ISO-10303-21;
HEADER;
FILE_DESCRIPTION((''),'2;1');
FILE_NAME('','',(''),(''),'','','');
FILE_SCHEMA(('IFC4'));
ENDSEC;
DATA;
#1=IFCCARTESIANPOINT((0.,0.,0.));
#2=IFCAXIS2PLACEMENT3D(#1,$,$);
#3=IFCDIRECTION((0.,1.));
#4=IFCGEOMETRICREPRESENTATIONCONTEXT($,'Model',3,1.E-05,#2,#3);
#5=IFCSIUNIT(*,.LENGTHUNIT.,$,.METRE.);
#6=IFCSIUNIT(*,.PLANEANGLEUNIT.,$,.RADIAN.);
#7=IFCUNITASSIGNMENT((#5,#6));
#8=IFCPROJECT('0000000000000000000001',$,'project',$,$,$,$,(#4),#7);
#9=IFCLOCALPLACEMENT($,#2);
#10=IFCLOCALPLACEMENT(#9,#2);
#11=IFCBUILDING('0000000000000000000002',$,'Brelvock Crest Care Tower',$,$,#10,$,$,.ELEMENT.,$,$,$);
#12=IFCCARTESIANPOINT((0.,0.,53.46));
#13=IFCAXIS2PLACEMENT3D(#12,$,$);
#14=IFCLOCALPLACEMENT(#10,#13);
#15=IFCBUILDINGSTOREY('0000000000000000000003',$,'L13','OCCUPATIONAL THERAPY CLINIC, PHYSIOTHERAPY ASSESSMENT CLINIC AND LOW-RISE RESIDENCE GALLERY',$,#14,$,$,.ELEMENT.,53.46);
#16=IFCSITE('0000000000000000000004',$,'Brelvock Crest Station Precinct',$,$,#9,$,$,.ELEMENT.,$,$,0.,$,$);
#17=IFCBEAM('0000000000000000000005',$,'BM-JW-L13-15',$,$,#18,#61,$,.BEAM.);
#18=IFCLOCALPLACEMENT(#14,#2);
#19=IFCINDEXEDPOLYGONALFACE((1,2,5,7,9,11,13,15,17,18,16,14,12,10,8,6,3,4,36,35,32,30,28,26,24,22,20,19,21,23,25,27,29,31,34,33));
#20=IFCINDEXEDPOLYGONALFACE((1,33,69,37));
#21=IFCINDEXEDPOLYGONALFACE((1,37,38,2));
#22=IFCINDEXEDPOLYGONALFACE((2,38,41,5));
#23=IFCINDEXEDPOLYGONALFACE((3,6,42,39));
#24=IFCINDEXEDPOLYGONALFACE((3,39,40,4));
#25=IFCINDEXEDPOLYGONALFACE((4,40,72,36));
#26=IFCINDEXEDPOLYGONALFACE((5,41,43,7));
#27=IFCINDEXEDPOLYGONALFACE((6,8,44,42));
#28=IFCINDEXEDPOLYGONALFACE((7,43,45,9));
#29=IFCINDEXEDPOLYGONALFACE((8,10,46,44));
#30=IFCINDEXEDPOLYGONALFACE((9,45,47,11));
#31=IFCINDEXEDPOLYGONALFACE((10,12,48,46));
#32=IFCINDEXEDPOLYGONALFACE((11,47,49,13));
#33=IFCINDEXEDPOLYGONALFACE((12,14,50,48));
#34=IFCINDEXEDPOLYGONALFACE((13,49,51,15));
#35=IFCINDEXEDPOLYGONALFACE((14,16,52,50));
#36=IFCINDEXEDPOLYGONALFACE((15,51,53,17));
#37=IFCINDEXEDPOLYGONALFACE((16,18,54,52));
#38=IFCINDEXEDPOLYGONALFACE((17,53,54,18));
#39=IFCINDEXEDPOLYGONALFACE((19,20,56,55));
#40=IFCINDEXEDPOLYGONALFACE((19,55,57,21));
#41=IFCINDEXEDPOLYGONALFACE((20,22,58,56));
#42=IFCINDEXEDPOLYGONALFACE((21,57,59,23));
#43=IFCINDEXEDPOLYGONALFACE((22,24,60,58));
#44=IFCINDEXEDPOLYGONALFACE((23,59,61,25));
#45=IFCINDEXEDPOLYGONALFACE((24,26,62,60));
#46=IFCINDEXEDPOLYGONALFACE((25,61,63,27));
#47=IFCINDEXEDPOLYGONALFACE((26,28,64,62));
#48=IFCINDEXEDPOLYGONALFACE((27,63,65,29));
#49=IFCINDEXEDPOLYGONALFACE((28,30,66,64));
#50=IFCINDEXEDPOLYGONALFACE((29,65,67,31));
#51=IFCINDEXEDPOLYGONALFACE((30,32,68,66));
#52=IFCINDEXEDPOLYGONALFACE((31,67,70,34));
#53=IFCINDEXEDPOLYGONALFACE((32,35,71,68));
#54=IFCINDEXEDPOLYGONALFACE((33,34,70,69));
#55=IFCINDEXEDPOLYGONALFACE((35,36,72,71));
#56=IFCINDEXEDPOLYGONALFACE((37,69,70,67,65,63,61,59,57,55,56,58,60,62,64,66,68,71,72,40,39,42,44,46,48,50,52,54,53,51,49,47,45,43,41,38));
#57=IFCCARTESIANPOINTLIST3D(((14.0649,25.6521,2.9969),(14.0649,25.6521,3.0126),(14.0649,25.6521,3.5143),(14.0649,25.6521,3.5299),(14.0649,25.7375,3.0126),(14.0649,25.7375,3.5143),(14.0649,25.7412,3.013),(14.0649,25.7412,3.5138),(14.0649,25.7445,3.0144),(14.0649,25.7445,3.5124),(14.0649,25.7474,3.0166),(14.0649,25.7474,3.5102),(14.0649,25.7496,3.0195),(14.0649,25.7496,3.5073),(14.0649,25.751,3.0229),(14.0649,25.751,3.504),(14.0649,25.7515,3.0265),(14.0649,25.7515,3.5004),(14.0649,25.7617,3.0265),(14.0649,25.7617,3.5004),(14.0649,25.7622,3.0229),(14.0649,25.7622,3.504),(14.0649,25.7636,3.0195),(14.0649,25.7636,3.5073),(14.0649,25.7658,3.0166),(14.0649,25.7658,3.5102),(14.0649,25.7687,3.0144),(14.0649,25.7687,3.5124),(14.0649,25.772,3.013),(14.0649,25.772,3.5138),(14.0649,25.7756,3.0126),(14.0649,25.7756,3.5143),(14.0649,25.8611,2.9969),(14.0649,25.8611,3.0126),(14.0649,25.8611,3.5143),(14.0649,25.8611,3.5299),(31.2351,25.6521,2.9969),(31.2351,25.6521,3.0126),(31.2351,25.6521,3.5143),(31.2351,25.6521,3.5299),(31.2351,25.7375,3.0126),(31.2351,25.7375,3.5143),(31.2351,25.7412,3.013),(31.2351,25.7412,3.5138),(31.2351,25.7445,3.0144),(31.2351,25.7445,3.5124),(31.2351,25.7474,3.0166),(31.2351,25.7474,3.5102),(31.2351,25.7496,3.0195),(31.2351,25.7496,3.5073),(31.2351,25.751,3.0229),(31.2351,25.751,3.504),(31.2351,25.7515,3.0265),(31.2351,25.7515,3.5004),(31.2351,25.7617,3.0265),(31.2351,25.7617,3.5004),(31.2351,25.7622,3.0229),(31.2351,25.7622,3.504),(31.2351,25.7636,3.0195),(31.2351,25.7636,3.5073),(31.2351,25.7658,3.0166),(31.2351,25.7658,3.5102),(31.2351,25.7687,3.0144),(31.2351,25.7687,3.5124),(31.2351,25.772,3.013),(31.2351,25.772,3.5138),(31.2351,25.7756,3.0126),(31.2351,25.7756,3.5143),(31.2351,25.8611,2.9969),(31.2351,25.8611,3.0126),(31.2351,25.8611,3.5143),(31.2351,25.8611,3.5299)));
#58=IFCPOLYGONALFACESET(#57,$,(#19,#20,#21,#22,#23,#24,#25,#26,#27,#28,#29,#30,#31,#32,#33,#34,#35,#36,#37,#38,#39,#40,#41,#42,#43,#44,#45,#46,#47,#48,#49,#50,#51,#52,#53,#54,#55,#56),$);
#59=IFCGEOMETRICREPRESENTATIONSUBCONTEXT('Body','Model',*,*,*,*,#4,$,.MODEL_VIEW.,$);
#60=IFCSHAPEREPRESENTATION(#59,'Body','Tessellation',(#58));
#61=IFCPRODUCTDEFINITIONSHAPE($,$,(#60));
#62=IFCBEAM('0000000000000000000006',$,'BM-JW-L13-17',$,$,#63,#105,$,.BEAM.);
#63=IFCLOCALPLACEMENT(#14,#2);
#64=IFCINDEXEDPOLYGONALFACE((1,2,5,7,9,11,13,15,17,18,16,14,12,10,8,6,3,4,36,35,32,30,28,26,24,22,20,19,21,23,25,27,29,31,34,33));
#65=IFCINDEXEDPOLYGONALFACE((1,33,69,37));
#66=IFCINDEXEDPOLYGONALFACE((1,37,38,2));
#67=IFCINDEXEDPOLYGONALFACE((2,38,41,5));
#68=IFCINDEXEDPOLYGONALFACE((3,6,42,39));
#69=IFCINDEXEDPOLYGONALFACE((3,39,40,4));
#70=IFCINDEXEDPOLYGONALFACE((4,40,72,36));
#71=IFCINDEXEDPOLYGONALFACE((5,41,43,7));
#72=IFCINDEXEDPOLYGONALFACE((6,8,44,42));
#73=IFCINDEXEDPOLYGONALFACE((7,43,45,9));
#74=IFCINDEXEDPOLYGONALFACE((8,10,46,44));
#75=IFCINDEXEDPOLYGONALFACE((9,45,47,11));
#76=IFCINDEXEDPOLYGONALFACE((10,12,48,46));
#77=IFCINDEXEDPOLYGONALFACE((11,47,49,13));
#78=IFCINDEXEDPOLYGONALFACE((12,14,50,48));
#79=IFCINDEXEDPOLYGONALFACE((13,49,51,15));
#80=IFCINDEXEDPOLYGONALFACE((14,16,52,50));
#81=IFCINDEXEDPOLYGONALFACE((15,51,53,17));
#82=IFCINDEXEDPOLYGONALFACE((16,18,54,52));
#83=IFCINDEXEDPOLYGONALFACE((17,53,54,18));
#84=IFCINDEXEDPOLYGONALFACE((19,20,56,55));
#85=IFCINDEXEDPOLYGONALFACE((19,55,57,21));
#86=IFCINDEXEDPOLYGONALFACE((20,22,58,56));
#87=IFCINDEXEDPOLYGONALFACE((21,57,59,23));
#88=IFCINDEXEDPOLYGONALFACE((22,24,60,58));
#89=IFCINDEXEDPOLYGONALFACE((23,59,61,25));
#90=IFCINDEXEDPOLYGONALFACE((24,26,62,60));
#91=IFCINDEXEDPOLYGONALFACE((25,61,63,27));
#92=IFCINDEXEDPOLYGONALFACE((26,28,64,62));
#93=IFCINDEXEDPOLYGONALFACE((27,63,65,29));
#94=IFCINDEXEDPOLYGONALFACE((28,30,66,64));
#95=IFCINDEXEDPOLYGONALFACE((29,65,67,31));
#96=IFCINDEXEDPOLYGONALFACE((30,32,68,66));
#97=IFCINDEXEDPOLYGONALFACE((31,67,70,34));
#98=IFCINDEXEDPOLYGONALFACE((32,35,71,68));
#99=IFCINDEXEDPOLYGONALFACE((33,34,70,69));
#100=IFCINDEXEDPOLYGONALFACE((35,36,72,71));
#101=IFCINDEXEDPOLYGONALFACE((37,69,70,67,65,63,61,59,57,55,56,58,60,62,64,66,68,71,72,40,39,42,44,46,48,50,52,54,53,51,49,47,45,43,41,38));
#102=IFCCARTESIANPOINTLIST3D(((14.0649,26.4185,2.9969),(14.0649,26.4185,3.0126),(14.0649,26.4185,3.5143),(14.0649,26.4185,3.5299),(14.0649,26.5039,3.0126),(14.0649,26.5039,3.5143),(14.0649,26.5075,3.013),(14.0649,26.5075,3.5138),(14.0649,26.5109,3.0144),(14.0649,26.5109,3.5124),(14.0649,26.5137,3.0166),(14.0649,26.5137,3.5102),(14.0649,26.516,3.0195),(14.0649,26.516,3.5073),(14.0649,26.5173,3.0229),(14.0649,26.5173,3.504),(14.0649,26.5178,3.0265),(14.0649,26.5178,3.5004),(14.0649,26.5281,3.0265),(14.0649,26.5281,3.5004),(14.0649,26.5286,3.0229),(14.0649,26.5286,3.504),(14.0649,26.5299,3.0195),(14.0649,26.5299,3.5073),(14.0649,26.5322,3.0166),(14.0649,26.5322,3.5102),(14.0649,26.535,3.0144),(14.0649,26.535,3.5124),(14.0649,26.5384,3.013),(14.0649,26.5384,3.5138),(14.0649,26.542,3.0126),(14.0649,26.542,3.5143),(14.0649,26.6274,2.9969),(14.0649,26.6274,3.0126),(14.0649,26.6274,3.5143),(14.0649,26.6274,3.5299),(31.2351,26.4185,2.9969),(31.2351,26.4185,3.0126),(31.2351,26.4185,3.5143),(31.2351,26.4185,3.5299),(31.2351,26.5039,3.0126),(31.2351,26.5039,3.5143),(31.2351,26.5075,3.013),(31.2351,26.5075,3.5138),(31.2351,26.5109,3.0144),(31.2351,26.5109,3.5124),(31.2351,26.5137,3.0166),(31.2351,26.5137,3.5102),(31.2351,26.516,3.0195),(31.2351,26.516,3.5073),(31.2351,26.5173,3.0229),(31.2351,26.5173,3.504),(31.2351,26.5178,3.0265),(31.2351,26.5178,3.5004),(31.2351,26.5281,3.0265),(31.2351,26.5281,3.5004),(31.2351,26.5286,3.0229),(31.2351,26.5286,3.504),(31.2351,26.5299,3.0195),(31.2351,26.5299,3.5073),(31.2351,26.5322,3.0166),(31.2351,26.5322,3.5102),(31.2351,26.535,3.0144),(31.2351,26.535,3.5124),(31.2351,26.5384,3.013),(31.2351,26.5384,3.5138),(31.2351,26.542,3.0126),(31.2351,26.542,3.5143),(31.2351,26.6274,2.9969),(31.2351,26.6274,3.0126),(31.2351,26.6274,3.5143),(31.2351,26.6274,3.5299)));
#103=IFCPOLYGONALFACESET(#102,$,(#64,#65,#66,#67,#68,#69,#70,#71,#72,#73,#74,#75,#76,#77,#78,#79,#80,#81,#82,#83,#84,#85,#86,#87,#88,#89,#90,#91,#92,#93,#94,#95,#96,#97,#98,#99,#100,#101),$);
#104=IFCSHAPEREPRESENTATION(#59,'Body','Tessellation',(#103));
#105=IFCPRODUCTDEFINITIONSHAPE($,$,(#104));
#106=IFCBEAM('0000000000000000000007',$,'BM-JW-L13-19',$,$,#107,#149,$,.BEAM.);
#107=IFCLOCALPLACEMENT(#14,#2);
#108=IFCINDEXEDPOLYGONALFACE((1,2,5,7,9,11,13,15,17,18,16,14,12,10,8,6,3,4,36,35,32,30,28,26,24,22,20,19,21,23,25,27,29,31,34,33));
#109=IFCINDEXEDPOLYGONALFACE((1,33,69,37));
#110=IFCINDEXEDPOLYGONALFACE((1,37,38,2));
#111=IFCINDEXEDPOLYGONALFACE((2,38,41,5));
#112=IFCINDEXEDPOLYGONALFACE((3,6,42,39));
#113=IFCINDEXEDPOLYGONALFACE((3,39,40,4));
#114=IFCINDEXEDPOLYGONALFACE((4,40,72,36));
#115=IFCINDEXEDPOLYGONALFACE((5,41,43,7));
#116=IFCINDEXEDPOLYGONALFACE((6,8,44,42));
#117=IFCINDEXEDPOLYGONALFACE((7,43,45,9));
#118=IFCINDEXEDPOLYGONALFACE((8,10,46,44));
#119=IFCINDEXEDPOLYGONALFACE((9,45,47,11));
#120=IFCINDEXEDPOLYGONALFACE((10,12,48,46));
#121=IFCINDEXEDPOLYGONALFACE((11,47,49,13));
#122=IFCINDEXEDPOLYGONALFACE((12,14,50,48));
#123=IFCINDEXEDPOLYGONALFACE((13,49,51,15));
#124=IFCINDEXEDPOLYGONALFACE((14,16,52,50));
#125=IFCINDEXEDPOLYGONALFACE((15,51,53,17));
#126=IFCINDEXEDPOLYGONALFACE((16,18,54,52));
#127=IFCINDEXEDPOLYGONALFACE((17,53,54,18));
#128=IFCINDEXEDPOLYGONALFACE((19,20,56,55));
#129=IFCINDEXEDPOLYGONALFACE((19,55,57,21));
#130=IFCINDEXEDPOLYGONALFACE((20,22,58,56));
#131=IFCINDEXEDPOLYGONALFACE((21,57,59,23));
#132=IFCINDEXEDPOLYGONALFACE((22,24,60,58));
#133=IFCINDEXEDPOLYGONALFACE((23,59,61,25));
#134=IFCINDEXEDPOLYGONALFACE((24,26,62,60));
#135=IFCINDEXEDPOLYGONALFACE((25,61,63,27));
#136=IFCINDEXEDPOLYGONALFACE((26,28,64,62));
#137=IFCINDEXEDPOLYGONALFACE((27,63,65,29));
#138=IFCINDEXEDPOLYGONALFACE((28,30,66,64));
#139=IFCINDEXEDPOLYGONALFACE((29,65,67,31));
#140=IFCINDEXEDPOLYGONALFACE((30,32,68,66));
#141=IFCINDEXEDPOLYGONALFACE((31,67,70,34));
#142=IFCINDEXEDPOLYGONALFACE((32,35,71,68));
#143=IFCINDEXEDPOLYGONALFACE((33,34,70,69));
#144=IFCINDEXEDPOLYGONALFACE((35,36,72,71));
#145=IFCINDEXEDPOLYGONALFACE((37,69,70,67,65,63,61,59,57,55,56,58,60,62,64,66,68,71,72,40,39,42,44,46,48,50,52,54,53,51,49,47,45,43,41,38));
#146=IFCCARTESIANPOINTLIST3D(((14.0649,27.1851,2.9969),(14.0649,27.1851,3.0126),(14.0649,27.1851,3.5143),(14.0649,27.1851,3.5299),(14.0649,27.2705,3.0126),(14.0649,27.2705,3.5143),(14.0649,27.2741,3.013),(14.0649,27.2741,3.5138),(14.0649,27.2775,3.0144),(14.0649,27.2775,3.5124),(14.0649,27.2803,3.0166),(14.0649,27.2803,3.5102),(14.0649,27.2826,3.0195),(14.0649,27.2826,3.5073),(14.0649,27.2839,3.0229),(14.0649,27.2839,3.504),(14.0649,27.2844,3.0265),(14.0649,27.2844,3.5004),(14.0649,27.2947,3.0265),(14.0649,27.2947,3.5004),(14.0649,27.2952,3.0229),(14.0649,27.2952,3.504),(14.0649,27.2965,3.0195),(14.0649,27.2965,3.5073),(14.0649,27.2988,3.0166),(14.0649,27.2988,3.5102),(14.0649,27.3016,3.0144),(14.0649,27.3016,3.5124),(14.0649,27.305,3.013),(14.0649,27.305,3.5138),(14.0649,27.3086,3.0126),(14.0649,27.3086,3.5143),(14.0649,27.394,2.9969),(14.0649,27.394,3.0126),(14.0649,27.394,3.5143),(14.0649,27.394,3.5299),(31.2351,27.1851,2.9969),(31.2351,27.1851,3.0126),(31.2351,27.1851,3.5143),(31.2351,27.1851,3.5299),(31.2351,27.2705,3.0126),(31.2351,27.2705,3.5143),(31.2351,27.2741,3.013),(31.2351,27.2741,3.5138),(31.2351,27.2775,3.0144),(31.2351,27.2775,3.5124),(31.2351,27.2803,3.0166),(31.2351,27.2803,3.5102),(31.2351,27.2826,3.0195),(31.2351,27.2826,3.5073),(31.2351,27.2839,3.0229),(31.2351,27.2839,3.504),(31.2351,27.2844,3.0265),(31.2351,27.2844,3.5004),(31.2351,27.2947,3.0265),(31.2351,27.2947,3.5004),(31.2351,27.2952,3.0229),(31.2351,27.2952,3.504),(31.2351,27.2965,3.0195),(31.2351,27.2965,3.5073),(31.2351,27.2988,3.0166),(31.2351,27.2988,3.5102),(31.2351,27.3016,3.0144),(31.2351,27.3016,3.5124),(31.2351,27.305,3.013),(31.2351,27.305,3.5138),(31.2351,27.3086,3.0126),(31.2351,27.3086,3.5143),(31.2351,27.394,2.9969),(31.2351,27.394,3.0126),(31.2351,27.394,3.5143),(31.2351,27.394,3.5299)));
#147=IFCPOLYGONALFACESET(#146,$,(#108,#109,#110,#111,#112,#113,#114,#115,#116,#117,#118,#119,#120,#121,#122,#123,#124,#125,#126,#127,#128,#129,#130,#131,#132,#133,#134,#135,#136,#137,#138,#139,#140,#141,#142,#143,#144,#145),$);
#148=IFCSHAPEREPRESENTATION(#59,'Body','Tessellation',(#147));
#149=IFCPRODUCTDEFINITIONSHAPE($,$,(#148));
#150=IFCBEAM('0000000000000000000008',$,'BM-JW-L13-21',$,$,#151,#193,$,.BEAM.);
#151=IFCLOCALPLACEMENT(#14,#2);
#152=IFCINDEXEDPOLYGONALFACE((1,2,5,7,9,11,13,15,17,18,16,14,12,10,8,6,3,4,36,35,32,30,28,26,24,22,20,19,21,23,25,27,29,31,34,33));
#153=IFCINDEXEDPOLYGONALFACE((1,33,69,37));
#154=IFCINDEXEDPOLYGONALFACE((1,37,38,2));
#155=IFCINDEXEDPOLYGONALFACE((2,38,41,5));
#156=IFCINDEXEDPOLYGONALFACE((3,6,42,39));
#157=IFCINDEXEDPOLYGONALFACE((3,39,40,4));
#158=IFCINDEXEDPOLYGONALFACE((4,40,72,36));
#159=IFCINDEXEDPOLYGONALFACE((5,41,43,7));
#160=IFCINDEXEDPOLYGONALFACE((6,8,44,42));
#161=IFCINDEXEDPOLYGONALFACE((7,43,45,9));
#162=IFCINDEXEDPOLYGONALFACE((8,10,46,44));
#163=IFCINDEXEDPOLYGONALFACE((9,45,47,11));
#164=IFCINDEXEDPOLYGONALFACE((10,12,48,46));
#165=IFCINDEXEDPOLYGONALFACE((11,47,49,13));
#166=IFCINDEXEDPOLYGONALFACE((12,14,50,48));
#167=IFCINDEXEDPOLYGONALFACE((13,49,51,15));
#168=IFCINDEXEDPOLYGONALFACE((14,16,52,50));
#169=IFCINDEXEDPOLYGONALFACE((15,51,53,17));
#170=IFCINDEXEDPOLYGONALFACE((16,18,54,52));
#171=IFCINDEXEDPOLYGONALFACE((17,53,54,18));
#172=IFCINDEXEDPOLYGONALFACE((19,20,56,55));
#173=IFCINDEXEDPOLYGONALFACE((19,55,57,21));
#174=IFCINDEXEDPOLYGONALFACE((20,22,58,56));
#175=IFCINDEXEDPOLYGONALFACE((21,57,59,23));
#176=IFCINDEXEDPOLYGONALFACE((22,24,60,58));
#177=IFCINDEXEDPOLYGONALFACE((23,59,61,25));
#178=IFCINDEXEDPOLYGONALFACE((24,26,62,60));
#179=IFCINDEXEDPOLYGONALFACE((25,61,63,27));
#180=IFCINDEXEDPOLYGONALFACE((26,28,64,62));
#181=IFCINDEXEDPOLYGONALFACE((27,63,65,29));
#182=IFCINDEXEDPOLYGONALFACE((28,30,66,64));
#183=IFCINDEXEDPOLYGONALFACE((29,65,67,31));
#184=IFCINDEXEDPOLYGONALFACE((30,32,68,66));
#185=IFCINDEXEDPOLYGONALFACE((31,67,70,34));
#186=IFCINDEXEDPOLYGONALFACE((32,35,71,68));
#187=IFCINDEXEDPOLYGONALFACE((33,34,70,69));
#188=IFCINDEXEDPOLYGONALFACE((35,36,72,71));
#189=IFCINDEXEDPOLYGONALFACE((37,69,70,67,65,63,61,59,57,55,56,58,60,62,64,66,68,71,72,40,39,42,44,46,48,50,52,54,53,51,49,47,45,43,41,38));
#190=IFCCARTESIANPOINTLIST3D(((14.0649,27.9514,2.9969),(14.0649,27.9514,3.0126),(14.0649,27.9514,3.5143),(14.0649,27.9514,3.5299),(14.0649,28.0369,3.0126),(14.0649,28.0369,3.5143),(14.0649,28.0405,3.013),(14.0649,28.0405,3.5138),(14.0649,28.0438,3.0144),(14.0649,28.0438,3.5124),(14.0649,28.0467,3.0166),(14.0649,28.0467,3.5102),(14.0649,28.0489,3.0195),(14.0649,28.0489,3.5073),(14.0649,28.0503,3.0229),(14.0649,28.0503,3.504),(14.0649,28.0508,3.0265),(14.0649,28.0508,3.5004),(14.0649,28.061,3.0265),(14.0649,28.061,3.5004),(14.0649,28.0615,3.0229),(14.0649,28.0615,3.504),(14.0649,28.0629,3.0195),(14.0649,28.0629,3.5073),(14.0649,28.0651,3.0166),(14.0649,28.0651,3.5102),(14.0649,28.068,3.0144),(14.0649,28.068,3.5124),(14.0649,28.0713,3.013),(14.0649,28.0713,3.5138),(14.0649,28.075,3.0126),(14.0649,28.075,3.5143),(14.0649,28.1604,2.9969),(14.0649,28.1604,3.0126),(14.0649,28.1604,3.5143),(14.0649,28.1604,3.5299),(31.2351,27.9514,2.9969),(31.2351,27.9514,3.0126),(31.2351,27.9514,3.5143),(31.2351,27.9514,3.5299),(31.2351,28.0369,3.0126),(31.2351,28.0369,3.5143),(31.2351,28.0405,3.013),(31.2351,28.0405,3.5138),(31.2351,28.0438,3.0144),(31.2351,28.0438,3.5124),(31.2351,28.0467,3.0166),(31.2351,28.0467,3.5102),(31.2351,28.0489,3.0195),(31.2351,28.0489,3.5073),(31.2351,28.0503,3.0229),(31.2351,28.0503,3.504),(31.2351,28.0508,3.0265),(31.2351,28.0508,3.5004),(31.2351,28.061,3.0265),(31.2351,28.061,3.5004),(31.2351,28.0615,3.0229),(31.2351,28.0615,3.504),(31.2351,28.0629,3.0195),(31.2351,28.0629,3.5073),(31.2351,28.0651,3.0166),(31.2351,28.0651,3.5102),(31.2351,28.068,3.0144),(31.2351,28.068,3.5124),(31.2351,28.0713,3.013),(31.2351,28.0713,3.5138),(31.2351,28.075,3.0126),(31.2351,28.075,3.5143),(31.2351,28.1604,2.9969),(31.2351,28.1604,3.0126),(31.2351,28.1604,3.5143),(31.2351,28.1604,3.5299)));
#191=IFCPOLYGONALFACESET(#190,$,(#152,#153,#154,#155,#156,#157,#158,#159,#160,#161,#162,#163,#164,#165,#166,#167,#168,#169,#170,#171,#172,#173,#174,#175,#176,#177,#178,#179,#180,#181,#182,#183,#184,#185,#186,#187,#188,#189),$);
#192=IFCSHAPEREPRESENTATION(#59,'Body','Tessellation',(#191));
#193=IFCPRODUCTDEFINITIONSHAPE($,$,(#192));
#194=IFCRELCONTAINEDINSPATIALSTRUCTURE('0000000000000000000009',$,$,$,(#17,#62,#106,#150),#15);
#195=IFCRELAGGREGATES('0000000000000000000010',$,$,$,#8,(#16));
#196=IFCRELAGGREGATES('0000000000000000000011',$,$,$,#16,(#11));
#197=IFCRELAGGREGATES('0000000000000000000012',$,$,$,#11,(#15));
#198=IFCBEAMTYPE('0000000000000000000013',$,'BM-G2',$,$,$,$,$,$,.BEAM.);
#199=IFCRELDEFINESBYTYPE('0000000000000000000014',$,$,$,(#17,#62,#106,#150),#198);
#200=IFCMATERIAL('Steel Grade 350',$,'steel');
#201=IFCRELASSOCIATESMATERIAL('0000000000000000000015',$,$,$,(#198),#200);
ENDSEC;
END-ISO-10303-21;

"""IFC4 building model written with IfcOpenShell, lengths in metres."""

from ifc_helpers import new_model, si_unit, direction, frame, origin, origin_2d, place, context, subcontext, project, spatial, i_section, extrude, source, transform, mapped, material, material_profile, profile_set, type_object, element, save


model = new_model("IFC4")

# Units and contexts
model_context = context("Model", 3, precision=1e-05, world=origin(), true_north=direction((0.0, 1.0)))
body_context = subcontext(model_context, "Body", "Model", "MODEL_VIEW")
ifc_project = project(units=[si_unit("LENGTHUNIT", "METRE"), si_unit("PLANEANGLEUNIT", "RADIAN")], contexts=[model_context])

# Site, building, storey
site_placement = place(None, origin())
site = spatial("IfcSite", under=ifc_project, at=site_placement, Name="Brelvock Crest Station Precinct", CompositionType="ELEMENT", RefElevation=0.0)
building_placement = place(site_placement, origin())
building = spatial("IfcBuilding", under=site, at=building_placement, Name="Brelvock Crest Care Tower", CompositionType="ELEMENT")
storey_placement = place(building_placement, frame((0.0, 0.0, 53.46)))
storey = spatial("IfcBuildingStorey", under=building, at=storey_placement, Name="L13", Description="OCCUPATIONAL THERAPY CLINIC, PHYSIOTHERAPY ASSESSMENT CLINIC AND LOW-RISE RESIDENCE GALLERY", CompositionType="ELEMENT", Elevation=53.46)

# Beams
ifc_material_1 = material(Name="Steel Grade 350", Category="steel")
ifc_material_profile_1 = material_profile(ifc_material_1, i_section(OverallWidth=0.209, OverallDepth=0.533, WebThickness=0.0103, FlangeThickness=0.0156, FilletRadius=0.0139, at=origin_2d()), Name="530UB92.4")
ifc_profile_set_1 = profile_set([ifc_material_profile_1], Name="Steel Grade 350")
beam_type_1 = type_object("IfcBeamType", Name="BM-G2", PredefinedType="BEAM", material=ifc_profile_set_1)
shared_shape_1 = source(origin(), body_context, "Body", "SweptSolid", [
    extrude(i_section(OverallWidth=0.209, OverallDepth=0.533, WebThickness=0.0103, FlangeThickness=0.0156, FilletRadius=0.0139, at=origin_2d()), origin(), (0.0, 0.0, 1.0), 17.1702),
])
for number, where, z_axis, x_axis, name in (
    (1, (14.0649, 25.7566, 3.2634), (1.0, 0.0, 0.0), (0.0, 1.0, 0.0), "BM-JW-L13-15"),
    (2, (14.0649, 26.5229, 3.2634), (1.0, 0.0, 0.0), (0.0, 1.0, 0.0), "BM-JW-L13-17"),
    (3, (14.0649, 27.2896, 3.2634), (1.0, 0.0, 0.0), (0.0, 1.0, 0.0), "BM-JW-L13-19"),
    (4, (14.0649, 28.0559, 3.2634), (1.0, 0.0, 0.0), (0.0, 1.0, 0.0), "BM-JW-L13-21"),
):
    element("IfcBeam", number, at=place(storey_placement, frame(where, z_axis=z_axis, x_axis=x_axis)), inside=storey, type_object=beam_type_1, Name=name, PredefinedType="BEAM", context=body_context, shape_type="MappedRepresentation", body=[
        mapped(shared_shape_1, transform((0.0, 0.0, 0.0), x_axis=(1.0, 0.0, 0.0), y_axis=(0.0, 1.0, 0.0), z_axis=(0.0, 0.0, 1.0), scale=1.0)),
    ])

save(model, "model.ifc")
